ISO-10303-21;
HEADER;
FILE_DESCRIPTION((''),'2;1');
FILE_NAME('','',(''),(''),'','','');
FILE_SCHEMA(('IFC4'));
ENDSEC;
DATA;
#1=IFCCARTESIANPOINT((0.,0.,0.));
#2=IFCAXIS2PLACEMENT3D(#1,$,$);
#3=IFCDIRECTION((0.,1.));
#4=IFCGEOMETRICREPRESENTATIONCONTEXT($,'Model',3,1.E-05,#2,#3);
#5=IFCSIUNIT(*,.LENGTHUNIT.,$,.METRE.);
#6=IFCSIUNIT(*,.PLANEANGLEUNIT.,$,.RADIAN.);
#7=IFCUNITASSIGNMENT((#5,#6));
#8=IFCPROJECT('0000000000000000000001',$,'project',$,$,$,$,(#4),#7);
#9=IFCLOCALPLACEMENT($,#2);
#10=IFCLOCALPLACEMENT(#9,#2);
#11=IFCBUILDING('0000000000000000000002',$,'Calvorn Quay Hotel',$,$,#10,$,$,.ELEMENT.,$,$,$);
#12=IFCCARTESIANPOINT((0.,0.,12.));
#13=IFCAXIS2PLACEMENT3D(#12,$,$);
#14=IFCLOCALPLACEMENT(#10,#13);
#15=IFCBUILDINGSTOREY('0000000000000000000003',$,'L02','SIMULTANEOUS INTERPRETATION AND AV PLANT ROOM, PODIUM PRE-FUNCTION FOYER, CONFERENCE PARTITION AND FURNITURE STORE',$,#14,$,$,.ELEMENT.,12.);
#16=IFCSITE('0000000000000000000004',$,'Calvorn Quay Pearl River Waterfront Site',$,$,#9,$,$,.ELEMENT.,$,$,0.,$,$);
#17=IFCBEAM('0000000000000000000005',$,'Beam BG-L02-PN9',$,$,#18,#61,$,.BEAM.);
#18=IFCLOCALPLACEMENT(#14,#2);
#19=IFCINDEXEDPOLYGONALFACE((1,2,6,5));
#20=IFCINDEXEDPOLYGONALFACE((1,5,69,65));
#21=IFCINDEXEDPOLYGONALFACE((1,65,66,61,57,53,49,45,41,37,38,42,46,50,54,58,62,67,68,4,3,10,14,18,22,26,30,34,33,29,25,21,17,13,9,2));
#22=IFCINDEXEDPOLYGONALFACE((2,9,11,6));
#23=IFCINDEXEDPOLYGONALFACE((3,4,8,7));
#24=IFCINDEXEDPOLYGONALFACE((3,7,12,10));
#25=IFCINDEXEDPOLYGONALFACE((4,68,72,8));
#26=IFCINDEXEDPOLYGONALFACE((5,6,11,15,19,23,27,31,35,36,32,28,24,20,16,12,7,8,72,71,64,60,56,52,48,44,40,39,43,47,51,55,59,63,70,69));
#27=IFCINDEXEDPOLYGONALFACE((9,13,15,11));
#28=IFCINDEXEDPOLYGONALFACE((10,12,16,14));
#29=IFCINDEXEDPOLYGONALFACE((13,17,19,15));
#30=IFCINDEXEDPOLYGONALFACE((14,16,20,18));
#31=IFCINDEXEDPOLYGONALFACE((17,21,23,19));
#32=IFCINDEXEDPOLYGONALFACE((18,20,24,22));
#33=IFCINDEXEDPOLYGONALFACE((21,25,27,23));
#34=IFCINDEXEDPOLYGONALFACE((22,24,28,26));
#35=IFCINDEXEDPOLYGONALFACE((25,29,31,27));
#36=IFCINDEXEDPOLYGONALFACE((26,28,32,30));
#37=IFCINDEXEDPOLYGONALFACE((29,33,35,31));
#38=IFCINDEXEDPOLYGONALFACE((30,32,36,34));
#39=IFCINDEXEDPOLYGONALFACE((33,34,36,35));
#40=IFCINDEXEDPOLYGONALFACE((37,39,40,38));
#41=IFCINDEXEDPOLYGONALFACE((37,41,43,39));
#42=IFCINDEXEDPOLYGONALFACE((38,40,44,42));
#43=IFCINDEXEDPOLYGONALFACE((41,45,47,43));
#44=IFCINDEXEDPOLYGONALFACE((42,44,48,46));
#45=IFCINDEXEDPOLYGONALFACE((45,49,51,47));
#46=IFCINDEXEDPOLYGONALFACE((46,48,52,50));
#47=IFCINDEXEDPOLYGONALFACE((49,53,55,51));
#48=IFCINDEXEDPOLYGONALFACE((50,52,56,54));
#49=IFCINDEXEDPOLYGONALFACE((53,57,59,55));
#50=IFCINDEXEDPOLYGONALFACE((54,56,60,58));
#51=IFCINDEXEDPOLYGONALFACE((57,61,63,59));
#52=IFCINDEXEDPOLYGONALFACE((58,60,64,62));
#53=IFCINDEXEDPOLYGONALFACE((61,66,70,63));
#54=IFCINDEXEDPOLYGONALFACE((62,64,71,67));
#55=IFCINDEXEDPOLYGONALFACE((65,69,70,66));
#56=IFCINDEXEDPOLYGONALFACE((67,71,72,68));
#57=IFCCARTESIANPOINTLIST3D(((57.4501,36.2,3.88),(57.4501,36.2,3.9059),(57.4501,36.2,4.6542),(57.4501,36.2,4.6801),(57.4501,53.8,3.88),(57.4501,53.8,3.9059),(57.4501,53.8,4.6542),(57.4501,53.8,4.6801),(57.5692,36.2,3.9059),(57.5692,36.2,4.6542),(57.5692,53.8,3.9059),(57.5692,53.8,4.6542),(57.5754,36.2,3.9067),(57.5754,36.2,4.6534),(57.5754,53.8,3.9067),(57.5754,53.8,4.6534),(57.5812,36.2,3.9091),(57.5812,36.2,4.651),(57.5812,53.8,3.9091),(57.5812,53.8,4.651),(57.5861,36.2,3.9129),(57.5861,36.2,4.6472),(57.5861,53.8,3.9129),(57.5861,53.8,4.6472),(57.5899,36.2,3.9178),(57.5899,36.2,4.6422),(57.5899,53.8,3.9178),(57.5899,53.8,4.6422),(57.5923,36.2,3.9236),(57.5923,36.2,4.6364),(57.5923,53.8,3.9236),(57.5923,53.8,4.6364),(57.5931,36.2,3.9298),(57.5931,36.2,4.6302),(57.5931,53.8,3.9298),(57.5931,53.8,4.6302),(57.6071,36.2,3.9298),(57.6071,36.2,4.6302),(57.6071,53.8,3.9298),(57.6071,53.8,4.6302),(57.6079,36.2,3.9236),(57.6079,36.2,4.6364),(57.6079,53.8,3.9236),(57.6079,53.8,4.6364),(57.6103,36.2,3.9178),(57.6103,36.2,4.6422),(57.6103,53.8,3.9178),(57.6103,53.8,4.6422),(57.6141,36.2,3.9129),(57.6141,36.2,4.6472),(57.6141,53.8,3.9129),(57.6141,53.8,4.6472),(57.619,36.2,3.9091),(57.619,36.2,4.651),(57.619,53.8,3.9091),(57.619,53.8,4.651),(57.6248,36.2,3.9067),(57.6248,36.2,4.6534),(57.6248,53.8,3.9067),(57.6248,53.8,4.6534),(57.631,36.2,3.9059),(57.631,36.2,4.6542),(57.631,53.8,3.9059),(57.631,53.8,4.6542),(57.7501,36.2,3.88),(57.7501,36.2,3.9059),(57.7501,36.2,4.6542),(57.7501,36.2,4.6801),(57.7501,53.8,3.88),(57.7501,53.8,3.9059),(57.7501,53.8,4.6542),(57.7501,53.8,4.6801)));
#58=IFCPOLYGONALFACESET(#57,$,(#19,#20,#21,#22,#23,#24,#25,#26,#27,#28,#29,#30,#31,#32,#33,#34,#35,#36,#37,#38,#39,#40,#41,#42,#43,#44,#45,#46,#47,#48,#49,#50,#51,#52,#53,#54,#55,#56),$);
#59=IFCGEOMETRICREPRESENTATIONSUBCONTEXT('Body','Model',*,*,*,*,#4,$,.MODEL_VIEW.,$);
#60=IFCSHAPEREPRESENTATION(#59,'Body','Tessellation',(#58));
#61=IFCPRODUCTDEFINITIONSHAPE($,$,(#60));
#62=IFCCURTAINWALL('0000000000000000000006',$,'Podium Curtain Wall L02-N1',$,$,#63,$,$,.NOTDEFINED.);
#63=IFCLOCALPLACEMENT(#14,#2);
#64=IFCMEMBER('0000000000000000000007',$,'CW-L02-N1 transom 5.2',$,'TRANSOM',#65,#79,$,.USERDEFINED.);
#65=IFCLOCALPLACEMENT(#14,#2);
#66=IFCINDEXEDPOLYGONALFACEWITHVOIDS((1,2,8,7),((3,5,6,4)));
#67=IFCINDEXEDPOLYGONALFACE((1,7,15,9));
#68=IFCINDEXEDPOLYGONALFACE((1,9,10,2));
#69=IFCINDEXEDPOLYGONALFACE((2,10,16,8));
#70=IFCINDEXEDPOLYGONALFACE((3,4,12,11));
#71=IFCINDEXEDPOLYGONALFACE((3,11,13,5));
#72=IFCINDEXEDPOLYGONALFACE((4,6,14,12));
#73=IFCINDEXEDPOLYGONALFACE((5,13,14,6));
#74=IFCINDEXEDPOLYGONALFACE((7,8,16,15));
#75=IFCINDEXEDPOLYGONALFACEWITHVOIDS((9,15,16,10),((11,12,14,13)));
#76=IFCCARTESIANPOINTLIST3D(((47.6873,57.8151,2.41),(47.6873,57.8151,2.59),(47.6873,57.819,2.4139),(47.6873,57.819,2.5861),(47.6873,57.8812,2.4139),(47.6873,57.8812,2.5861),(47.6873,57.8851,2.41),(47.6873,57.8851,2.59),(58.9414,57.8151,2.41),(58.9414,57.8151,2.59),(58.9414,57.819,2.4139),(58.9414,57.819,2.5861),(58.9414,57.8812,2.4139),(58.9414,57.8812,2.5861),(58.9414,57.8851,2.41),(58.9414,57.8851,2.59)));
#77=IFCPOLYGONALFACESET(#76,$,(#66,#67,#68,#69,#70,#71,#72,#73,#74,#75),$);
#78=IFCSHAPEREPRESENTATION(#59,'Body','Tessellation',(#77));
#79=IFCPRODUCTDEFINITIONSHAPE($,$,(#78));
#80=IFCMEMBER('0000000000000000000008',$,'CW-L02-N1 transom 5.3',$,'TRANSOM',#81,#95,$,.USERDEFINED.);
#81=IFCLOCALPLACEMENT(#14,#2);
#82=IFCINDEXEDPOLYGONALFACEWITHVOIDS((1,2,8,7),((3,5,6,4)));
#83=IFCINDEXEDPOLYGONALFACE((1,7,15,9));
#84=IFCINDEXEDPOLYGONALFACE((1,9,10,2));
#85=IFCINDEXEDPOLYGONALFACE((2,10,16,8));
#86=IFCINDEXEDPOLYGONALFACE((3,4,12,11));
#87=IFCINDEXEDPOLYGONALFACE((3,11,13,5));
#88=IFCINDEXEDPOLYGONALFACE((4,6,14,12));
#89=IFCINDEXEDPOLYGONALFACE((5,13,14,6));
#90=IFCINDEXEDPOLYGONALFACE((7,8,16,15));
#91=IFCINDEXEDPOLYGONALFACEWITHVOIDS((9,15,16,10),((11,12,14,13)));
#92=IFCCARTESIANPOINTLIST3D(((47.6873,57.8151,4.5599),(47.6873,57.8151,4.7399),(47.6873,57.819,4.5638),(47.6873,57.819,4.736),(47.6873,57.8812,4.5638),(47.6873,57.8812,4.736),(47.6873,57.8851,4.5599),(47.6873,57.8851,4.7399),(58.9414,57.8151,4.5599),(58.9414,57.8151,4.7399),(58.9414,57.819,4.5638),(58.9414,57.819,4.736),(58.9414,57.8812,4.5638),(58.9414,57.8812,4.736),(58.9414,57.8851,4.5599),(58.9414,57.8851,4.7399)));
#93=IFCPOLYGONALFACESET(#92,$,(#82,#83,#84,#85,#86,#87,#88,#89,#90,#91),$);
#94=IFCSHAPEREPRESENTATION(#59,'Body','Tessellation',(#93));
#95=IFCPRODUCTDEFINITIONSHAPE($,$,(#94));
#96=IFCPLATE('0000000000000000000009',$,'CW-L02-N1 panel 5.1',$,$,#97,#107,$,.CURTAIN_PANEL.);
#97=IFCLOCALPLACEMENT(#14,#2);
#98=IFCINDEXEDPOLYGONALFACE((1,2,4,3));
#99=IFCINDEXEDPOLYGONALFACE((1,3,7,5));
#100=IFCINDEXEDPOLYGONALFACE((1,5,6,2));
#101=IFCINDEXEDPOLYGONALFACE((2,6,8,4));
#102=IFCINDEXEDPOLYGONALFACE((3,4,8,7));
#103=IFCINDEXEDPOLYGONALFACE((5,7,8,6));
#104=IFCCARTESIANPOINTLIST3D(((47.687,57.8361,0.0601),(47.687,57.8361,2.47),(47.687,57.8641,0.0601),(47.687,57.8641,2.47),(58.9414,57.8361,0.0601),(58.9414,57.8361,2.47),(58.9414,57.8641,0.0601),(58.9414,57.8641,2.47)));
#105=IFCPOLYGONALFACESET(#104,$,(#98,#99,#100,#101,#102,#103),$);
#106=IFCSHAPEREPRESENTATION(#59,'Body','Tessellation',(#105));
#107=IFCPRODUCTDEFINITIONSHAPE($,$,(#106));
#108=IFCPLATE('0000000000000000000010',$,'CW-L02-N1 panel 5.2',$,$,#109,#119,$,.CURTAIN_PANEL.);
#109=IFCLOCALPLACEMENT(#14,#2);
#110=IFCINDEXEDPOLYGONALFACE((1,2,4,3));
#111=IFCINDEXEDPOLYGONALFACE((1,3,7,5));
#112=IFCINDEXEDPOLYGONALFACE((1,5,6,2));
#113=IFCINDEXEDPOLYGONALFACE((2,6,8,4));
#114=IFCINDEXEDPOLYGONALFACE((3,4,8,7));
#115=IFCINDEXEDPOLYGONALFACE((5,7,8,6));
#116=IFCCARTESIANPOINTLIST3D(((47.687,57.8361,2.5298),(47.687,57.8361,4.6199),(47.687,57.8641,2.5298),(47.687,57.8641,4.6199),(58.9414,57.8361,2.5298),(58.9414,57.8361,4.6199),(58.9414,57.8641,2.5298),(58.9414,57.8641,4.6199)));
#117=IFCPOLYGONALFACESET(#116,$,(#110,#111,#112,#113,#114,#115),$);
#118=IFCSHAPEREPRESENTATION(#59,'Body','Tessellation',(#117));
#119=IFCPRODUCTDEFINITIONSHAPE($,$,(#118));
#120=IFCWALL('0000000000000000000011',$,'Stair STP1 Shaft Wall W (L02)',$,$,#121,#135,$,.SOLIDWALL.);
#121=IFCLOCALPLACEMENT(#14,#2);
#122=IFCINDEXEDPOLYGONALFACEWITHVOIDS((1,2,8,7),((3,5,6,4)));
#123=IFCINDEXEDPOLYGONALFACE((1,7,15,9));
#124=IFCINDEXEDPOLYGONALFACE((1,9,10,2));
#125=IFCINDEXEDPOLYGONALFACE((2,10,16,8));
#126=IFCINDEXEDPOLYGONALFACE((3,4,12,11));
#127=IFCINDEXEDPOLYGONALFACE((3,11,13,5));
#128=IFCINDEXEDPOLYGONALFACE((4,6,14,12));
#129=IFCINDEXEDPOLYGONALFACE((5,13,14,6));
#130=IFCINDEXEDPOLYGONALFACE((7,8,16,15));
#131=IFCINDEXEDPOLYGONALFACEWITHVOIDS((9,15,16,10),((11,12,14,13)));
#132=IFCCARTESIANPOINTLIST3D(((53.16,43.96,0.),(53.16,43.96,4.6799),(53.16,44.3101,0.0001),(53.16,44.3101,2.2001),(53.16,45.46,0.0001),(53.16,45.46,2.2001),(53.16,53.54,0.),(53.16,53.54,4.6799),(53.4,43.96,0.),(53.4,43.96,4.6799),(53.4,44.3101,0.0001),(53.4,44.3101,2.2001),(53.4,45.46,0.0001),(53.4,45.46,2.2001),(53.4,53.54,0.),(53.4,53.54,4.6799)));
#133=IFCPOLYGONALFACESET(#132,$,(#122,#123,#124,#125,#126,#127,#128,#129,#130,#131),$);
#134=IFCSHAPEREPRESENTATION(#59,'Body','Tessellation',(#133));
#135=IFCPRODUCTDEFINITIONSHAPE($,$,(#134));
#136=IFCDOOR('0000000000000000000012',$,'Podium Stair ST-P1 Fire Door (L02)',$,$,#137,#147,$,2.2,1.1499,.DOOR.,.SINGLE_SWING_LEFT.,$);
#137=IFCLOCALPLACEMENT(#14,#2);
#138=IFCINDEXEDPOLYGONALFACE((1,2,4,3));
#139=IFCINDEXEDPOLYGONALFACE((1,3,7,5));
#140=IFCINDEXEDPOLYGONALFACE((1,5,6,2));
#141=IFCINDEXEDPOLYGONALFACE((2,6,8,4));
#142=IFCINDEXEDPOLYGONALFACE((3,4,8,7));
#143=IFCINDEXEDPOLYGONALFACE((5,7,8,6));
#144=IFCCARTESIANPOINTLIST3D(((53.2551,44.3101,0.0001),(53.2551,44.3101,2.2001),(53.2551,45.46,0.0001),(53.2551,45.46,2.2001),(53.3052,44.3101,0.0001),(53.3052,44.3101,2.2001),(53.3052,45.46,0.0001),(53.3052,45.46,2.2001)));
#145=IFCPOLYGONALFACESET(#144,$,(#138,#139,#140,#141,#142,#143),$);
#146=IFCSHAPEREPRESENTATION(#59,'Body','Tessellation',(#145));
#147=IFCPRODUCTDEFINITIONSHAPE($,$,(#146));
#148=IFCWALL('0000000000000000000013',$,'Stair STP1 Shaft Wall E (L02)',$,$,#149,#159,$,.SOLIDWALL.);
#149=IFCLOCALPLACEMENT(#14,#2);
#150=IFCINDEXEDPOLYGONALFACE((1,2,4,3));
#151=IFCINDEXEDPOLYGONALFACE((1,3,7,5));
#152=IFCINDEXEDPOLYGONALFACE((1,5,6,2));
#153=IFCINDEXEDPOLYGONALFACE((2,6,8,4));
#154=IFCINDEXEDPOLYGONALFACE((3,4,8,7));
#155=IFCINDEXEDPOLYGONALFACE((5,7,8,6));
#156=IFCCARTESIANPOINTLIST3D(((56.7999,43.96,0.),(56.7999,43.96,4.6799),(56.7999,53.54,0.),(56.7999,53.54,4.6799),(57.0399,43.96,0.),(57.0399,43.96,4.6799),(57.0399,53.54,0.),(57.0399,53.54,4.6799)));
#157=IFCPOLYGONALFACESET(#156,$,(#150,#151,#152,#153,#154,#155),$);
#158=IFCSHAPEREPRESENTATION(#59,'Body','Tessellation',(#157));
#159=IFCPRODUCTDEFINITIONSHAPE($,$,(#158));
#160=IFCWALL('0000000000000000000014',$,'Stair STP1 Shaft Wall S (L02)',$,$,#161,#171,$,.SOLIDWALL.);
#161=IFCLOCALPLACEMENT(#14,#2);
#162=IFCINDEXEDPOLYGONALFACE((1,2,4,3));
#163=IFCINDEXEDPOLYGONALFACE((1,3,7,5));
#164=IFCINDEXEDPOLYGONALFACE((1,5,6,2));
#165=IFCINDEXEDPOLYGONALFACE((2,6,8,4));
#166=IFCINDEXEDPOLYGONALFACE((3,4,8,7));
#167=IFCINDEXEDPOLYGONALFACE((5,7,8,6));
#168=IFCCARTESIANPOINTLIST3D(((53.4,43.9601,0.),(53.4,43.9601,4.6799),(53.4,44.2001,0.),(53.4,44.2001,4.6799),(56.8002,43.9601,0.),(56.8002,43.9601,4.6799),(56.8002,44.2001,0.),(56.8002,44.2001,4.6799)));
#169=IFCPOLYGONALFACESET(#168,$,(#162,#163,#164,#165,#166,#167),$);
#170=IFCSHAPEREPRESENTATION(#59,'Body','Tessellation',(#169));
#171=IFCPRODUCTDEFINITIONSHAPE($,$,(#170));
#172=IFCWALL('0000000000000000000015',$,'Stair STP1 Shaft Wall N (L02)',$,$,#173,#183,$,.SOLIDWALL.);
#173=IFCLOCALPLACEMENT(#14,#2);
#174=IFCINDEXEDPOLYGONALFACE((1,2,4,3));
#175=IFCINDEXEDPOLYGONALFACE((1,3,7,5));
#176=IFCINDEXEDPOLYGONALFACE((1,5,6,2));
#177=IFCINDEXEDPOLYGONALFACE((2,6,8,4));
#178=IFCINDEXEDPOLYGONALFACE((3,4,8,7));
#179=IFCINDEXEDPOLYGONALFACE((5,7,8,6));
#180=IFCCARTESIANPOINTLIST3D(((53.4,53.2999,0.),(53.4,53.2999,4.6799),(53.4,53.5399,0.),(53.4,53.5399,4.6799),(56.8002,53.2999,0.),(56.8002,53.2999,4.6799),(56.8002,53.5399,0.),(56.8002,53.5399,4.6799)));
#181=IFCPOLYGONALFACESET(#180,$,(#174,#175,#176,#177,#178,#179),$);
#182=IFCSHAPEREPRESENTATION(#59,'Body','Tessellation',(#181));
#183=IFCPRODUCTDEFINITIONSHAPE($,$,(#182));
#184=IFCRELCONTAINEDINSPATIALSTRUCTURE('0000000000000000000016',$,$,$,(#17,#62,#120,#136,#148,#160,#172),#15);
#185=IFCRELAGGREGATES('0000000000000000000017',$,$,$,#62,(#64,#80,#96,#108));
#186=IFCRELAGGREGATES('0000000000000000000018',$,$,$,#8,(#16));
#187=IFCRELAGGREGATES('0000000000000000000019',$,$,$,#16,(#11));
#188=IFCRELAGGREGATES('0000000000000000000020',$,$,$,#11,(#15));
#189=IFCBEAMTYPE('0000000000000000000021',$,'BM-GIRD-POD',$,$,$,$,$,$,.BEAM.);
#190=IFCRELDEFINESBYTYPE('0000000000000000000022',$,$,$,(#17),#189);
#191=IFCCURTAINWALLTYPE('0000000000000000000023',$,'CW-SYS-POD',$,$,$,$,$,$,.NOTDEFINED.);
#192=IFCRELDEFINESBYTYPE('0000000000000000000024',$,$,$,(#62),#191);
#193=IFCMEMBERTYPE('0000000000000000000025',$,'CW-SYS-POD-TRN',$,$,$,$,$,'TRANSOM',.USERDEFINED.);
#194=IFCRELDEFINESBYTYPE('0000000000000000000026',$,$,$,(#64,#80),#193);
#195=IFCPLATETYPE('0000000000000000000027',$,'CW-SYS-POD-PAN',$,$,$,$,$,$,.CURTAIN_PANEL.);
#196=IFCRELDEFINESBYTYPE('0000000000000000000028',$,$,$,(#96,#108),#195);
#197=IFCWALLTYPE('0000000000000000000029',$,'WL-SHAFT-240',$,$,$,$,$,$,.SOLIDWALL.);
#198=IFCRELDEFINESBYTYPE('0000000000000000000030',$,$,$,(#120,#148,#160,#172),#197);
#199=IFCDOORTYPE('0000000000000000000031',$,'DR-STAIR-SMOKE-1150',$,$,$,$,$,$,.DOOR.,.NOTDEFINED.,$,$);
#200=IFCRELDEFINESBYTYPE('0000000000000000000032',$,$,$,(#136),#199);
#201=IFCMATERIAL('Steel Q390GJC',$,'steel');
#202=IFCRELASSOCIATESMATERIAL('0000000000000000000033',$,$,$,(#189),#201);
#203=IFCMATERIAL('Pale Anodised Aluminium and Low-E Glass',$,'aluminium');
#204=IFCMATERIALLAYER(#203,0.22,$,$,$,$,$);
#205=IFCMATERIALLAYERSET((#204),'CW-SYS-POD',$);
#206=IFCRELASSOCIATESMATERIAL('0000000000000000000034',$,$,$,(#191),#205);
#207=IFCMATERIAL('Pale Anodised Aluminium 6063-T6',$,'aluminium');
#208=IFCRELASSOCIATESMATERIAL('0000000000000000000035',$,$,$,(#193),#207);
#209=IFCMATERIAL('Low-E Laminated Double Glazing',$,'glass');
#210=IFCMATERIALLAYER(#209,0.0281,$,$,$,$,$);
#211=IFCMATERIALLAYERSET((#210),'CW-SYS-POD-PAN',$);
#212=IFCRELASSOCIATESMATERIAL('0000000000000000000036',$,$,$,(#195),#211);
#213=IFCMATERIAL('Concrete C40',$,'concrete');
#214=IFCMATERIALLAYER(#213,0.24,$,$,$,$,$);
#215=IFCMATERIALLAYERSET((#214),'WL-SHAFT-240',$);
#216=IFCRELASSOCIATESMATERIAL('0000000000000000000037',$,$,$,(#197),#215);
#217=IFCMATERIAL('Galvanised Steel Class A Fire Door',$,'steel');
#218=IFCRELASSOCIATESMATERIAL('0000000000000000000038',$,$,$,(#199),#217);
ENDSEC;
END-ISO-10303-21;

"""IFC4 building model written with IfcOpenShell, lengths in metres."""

from ifc_helpers import new_model, si_unit, direction, frame, frame_2d, origin, origin_2d, place, context, subcontext, project, spatial, rectangle, hollow_rectangle, i_section, extrude, material, layer, layer_set, material_profile, profile_set, type_object, element, fill, aggregate, save


model = new_model("IFC4")

# Units and contexts
model_context = context("Model", 3, precision=1e-05, world=origin(), true_north=direction((0.0, 1.0)))
body_context = subcontext(model_context, "Body", "Model", "MODEL_VIEW")
ifc_project = project(units=[si_unit("LENGTHUNIT", "METRE"), si_unit("PLANEANGLEUNIT", "RADIAN")], contexts=[model_context])

# Site, building, storey
site_placement = place(None, origin())
site = spatial("IfcSite", under=ifc_project, at=site_placement, Name="Calvorn Quay Pearl River Waterfront Site", CompositionType="ELEMENT", RefElevation=0.0)
building_placement = place(site_placement, origin())
building = spatial("IfcBuilding", under=site, at=building_placement, Name="Calvorn Quay Hotel", CompositionType="ELEMENT")
storey_placement = place(building_placement, frame((0.0, 0.0, 12.0)))
storey = spatial("IfcBuildingStorey", under=building, at=storey_placement, Name="L02", Description="SIMULTANEOUS INTERPRETATION AND AV PLANT ROOM, PODIUM PRE-FUNCTION FOYER, CONFERENCE PARTITION AND FURNITURE STORE", CompositionType="ELEMENT", Elevation=12.0)

# Beam
ifc_material_1 = material(Name="Steel Q390GJC", Category="steel")
ifc_material_profile_1 = material_profile(ifc_material_1, i_section(OverallWidth=0.3, OverallDepth=0.8, WebThickness=0.0139, FlangeThickness=0.0259, FilletRadius=0.0239, at=origin_2d()), Name="HN800x300x14x26")
ifc_profile_set_1 = profile_set([ifc_material_profile_1], Name="Steel Q390GJC")
beam_type = type_object("IfcBeamType", Name="BM-GIRD-POD", PredefinedType="BEAM", material=ifc_profile_set_1)
beam_1_placement = place(storey_placement, frame((57.6001, 36.2, 4.28), z_axis=(0.0, 1.0, 0.0), x_axis=(-1.0, 0.0, 0.0)))
element("IfcBeam", 1, at=beam_1_placement, inside=storey, type_object=beam_type, Name="Beam BG-L02-PN9", PredefinedType="BEAM", context=body_context, shape_type="SweptSolid", body=[
    extrude(i_section(OverallWidth=0.3, OverallDepth=0.8, WebThickness=0.0139, FlangeThickness=0.0259, FilletRadius=0.0239, at=origin_2d()), origin(), (0.0, 0.0, 1.0), 17.6001),
])

# Curtain wall, members, plates
ifc_material_2 = material(Name="Pale Anodised Aluminium and Low-E Glass", Category="aluminium")
ifc_layer_1 = layer(ifc_material_2, 0.22)
ifc_layer_set_1 = layer_set([ifc_layer_1], Name="CW-SYS-POD")
curtain_wall_type = type_object("IfcCurtainWallType", Name="CW-SYS-POD", PredefinedType="NOTDEFINED", material=ifc_layer_set_1)
curtain_wall_placement = place(storey_placement, origin())
curtain_wall = element("IfcCurtainWall", 2, at=curtain_wall_placement, inside=storey, type_object=curtain_wall_type, Name="Podium Curtain Wall L02-N1", PredefinedType="NOTDEFINED")
ifc_material_3 = material(Name="Pale Anodised Aluminium 6063-T6", Category="aluminium")
ifc_material_profile_2 = material_profile(ifc_material_3, hollow_rectangle(XDim=0.0701, YDim=0.1799, WallThickness=0.0039, at=origin_2d()), Name="ALU-T180x70x4")
ifc_profile_set_2 = profile_set([ifc_material_profile_2], Name="Pale Anodised Aluminium 6063-T6")
member_type = type_object("IfcMemberType", Name="CW-SYS-POD-TRN", ElementType="TRANSOM", PredefinedType="USERDEFINED", material=ifc_profile_set_2)
member_1_placement = place(storey_placement, frame((47.6873, 57.8501, 2.5), z_axis=(1.0, 0.0, 0.0), x_axis=(0.0, 1.0, 0.0)))
member_1 = element("IfcMember", 3, at=member_1_placement, type_object=member_type, Name="CW-L02-N1 transom 5.2", ObjectType="TRANSOM", PredefinedType="USERDEFINED", context=body_context, shape_type="SweptSolid", body=[
    extrude(hollow_rectangle(XDim=0.0701, YDim=0.1799, WallThickness=0.0039, at=origin_2d()), origin(), (0.0, 0.0, 1.0), 11.2542),
])
member_2_placement = place(storey_placement, frame((47.6873, 57.8501, 4.6499), z_axis=(1.0, 0.0, 0.0), x_axis=(0.0, 1.0, 0.0)))
member_2 = element("IfcMember", 4, at=member_2_placement, type_object=member_type, Name="CW-L02-N1 transom 5.3", ObjectType="TRANSOM", PredefinedType="USERDEFINED", context=body_context, shape_type="SweptSolid", body=[
    extrude(hollow_rectangle(XDim=0.0701, YDim=0.1799, WallThickness=0.0039, at=origin_2d()), origin(), (0.0, 0.0, 1.0), 11.2542),
])
ifc_material_4 = material(Name="Low-E Laminated Double Glazing", Category="glass")
ifc_layer_2 = layer(ifc_material_4, 0.0281)
ifc_layer_set_2 = layer_set([ifc_layer_2], Name="CW-SYS-POD-PAN")
plate_type = type_object("IfcPlateType", Name="CW-SYS-POD-PAN", PredefinedType="CURTAIN_PANEL", material=ifc_layer_set_2)
plate_1_placement = place(storey_placement, frame((53.3142, 57.8501, 0.0601), z_axis=(0.0, 0.0, 1.0), x_axis=(1.0, 0.0, 0.0)))
plate_1 = element("IfcPlate", 5, at=plate_1_placement, type_object=plate_type, Name="CW-L02-N1 panel 5.1", PredefinedType="CURTAIN_PANEL", context=body_context, shape_type="SweptSolid", body=[
    extrude(rectangle(XDim=11.2544, YDim=0.0281, at=origin_2d()), origin(), (0.0, 0.0, 1.0), 2.4099),
])
plate_2_placement = place(storey_placement, frame((53.3142, 57.8501, 2.5298), z_axis=(0.0, 0.0, 1.0), x_axis=(1.0, 0.0, 0.0)))
plate_2 = element("IfcPlate", 6, at=plate_2_placement, type_object=plate_type, Name="CW-L02-N1 panel 5.2", PredefinedType="CURTAIN_PANEL", context=body_context, shape_type="SweptSolid", body=[
    extrude(rectangle(XDim=11.2544, YDim=0.0281, at=origin_2d()), origin(), (0.0, 0.0, 1.0), 2.0901),
])
aggregate(curtain_wall, [member_1, member_2, plate_1, plate_2])

# Wall, opening, door
ifc_material_5 = material(Name="Concrete C40", Category="concrete")
ifc_layer_3 = layer(ifc_material_5, 0.24)
ifc_layer_set_3 = layer_set([ifc_layer_3], Name="WL-SHAFT-240")
wall_type = type_object("IfcWallType", Name="WL-SHAFT-240", PredefinedType="SOLIDWALL", material=ifc_layer_set_3)
wall_1_placement = place(storey_placement, frame((53.28, 43.96, 0.0), z_axis=(0.0, 0.0, 1.0), x_axis=(0.0, 1.0, 0.0)))
wall_1 = element("IfcWall", 7, at=wall_1_placement, inside=storey, type_object=wall_type, Name="Stair STP1 Shaft Wall W (L02)", PredefinedType="SOLIDWALL", context=body_context, shape_type="SweptSolid", body=[
    extrude(rectangle(XDim=9.5801, YDim=0.24, at=frame_2d((4.79, 0.0))), origin(), (0.0, 0.0, 1.0), 4.6799),
])
opening_placement = place(wall_1_placement, frame((0.3501, 0.0, 0.0)))
opening = element("IfcOpeningElement", 8, at=opening_placement, cuts=wall_1, PredefinedType="OPENING", context=body_context, shape_type="SweptSolid", body=[
    extrude(rectangle(XDim=1.1499, YDim=2.2, at=frame_2d((0.575, 1.1001))), frame((0.0, 0.1299, 0.0), z_axis=(0.0, -1.0, 0.0), x_axis=(1.0, 0.0, 0.0)), (0.0, 0.0, 1.0), 0.26),
])
ifc_material_6 = material(Name="Galvanised Steel Class A Fire Door", Category="steel")
door_type = type_object("IfcDoorType", Name="DR-STAIR-SMOKE-1150", OperationType="NOTDEFINED", PredefinedType="DOOR", material=ifc_material_6)
door_placement = place(opening_placement, origin())
door = element("IfcDoor", 9, at=door_placement, inside=storey, type_object=door_type, Name="Podium Stair ST-P1 Fire Door (L02)", OperationType="SINGLE_SWING_LEFT", OverallHeight=2.2, OverallWidth=1.1499, PredefinedType="DOOR", context=body_context, shape_type="SweptSolid", body=[
    extrude(rectangle(XDim=1.1499, YDim=2.2, at=frame_2d((0.575, 1.1001))), frame((0.0, 0.0249, 0.0), z_axis=(0.0, -1.0, 0.0), x_axis=(1.0, 0.0, 0.0)), (0.0, 0.0, 1.0), 0.05),
])
fill(opening, door)

# Walls
wall_2_placement = place(storey_placement, frame((56.9199, 43.96, 0.0), z_axis=(0.0, 0.0, 1.0), x_axis=(0.0, 1.0, 0.0)))
element("IfcWall", 10, at=wall_2_placement, inside=storey, type_object=wall_type, Name="Stair STP1 Shaft Wall E (L02)", PredefinedType="SOLIDWALL", context=body_context, shape_type="SweptSolid", body=[
    extrude(rectangle(XDim=9.5801, YDim=0.24, at=frame_2d((4.79, 0.0))), origin(), (0.0, 0.0, 1.0), 4.6799),
])
for number, where, z_axis, x_axis, name in (
    (11, (53.3999, 44.0801, 0.0), (0.0, 0.0, 1.0), (1.0, 0.0, 0.0), "Stair STP1 Shaft Wall S (L02)"),
    (12, (53.3999, 53.4199, 0.0), (0.0, 0.0, 1.0), (1.0, 0.0, 0.0), "Stair STP1 Shaft Wall N (L02)"),
):
    element("IfcWall", number, at=place(storey_placement, frame(where, z_axis=z_axis, x_axis=x_axis)), inside=storey, type_object=wall_type, Name=name, PredefinedType="SOLIDWALL", context=body_context, shape_type="SweptSolid", body=[
        extrude(rectangle(XDim=3.4001, YDim=0.24, at=frame_2d((1.7002, 0.0))), origin(), (0.0, 0.0, 1.0), 4.6799),
    ])

save(model, "model.ifc")
